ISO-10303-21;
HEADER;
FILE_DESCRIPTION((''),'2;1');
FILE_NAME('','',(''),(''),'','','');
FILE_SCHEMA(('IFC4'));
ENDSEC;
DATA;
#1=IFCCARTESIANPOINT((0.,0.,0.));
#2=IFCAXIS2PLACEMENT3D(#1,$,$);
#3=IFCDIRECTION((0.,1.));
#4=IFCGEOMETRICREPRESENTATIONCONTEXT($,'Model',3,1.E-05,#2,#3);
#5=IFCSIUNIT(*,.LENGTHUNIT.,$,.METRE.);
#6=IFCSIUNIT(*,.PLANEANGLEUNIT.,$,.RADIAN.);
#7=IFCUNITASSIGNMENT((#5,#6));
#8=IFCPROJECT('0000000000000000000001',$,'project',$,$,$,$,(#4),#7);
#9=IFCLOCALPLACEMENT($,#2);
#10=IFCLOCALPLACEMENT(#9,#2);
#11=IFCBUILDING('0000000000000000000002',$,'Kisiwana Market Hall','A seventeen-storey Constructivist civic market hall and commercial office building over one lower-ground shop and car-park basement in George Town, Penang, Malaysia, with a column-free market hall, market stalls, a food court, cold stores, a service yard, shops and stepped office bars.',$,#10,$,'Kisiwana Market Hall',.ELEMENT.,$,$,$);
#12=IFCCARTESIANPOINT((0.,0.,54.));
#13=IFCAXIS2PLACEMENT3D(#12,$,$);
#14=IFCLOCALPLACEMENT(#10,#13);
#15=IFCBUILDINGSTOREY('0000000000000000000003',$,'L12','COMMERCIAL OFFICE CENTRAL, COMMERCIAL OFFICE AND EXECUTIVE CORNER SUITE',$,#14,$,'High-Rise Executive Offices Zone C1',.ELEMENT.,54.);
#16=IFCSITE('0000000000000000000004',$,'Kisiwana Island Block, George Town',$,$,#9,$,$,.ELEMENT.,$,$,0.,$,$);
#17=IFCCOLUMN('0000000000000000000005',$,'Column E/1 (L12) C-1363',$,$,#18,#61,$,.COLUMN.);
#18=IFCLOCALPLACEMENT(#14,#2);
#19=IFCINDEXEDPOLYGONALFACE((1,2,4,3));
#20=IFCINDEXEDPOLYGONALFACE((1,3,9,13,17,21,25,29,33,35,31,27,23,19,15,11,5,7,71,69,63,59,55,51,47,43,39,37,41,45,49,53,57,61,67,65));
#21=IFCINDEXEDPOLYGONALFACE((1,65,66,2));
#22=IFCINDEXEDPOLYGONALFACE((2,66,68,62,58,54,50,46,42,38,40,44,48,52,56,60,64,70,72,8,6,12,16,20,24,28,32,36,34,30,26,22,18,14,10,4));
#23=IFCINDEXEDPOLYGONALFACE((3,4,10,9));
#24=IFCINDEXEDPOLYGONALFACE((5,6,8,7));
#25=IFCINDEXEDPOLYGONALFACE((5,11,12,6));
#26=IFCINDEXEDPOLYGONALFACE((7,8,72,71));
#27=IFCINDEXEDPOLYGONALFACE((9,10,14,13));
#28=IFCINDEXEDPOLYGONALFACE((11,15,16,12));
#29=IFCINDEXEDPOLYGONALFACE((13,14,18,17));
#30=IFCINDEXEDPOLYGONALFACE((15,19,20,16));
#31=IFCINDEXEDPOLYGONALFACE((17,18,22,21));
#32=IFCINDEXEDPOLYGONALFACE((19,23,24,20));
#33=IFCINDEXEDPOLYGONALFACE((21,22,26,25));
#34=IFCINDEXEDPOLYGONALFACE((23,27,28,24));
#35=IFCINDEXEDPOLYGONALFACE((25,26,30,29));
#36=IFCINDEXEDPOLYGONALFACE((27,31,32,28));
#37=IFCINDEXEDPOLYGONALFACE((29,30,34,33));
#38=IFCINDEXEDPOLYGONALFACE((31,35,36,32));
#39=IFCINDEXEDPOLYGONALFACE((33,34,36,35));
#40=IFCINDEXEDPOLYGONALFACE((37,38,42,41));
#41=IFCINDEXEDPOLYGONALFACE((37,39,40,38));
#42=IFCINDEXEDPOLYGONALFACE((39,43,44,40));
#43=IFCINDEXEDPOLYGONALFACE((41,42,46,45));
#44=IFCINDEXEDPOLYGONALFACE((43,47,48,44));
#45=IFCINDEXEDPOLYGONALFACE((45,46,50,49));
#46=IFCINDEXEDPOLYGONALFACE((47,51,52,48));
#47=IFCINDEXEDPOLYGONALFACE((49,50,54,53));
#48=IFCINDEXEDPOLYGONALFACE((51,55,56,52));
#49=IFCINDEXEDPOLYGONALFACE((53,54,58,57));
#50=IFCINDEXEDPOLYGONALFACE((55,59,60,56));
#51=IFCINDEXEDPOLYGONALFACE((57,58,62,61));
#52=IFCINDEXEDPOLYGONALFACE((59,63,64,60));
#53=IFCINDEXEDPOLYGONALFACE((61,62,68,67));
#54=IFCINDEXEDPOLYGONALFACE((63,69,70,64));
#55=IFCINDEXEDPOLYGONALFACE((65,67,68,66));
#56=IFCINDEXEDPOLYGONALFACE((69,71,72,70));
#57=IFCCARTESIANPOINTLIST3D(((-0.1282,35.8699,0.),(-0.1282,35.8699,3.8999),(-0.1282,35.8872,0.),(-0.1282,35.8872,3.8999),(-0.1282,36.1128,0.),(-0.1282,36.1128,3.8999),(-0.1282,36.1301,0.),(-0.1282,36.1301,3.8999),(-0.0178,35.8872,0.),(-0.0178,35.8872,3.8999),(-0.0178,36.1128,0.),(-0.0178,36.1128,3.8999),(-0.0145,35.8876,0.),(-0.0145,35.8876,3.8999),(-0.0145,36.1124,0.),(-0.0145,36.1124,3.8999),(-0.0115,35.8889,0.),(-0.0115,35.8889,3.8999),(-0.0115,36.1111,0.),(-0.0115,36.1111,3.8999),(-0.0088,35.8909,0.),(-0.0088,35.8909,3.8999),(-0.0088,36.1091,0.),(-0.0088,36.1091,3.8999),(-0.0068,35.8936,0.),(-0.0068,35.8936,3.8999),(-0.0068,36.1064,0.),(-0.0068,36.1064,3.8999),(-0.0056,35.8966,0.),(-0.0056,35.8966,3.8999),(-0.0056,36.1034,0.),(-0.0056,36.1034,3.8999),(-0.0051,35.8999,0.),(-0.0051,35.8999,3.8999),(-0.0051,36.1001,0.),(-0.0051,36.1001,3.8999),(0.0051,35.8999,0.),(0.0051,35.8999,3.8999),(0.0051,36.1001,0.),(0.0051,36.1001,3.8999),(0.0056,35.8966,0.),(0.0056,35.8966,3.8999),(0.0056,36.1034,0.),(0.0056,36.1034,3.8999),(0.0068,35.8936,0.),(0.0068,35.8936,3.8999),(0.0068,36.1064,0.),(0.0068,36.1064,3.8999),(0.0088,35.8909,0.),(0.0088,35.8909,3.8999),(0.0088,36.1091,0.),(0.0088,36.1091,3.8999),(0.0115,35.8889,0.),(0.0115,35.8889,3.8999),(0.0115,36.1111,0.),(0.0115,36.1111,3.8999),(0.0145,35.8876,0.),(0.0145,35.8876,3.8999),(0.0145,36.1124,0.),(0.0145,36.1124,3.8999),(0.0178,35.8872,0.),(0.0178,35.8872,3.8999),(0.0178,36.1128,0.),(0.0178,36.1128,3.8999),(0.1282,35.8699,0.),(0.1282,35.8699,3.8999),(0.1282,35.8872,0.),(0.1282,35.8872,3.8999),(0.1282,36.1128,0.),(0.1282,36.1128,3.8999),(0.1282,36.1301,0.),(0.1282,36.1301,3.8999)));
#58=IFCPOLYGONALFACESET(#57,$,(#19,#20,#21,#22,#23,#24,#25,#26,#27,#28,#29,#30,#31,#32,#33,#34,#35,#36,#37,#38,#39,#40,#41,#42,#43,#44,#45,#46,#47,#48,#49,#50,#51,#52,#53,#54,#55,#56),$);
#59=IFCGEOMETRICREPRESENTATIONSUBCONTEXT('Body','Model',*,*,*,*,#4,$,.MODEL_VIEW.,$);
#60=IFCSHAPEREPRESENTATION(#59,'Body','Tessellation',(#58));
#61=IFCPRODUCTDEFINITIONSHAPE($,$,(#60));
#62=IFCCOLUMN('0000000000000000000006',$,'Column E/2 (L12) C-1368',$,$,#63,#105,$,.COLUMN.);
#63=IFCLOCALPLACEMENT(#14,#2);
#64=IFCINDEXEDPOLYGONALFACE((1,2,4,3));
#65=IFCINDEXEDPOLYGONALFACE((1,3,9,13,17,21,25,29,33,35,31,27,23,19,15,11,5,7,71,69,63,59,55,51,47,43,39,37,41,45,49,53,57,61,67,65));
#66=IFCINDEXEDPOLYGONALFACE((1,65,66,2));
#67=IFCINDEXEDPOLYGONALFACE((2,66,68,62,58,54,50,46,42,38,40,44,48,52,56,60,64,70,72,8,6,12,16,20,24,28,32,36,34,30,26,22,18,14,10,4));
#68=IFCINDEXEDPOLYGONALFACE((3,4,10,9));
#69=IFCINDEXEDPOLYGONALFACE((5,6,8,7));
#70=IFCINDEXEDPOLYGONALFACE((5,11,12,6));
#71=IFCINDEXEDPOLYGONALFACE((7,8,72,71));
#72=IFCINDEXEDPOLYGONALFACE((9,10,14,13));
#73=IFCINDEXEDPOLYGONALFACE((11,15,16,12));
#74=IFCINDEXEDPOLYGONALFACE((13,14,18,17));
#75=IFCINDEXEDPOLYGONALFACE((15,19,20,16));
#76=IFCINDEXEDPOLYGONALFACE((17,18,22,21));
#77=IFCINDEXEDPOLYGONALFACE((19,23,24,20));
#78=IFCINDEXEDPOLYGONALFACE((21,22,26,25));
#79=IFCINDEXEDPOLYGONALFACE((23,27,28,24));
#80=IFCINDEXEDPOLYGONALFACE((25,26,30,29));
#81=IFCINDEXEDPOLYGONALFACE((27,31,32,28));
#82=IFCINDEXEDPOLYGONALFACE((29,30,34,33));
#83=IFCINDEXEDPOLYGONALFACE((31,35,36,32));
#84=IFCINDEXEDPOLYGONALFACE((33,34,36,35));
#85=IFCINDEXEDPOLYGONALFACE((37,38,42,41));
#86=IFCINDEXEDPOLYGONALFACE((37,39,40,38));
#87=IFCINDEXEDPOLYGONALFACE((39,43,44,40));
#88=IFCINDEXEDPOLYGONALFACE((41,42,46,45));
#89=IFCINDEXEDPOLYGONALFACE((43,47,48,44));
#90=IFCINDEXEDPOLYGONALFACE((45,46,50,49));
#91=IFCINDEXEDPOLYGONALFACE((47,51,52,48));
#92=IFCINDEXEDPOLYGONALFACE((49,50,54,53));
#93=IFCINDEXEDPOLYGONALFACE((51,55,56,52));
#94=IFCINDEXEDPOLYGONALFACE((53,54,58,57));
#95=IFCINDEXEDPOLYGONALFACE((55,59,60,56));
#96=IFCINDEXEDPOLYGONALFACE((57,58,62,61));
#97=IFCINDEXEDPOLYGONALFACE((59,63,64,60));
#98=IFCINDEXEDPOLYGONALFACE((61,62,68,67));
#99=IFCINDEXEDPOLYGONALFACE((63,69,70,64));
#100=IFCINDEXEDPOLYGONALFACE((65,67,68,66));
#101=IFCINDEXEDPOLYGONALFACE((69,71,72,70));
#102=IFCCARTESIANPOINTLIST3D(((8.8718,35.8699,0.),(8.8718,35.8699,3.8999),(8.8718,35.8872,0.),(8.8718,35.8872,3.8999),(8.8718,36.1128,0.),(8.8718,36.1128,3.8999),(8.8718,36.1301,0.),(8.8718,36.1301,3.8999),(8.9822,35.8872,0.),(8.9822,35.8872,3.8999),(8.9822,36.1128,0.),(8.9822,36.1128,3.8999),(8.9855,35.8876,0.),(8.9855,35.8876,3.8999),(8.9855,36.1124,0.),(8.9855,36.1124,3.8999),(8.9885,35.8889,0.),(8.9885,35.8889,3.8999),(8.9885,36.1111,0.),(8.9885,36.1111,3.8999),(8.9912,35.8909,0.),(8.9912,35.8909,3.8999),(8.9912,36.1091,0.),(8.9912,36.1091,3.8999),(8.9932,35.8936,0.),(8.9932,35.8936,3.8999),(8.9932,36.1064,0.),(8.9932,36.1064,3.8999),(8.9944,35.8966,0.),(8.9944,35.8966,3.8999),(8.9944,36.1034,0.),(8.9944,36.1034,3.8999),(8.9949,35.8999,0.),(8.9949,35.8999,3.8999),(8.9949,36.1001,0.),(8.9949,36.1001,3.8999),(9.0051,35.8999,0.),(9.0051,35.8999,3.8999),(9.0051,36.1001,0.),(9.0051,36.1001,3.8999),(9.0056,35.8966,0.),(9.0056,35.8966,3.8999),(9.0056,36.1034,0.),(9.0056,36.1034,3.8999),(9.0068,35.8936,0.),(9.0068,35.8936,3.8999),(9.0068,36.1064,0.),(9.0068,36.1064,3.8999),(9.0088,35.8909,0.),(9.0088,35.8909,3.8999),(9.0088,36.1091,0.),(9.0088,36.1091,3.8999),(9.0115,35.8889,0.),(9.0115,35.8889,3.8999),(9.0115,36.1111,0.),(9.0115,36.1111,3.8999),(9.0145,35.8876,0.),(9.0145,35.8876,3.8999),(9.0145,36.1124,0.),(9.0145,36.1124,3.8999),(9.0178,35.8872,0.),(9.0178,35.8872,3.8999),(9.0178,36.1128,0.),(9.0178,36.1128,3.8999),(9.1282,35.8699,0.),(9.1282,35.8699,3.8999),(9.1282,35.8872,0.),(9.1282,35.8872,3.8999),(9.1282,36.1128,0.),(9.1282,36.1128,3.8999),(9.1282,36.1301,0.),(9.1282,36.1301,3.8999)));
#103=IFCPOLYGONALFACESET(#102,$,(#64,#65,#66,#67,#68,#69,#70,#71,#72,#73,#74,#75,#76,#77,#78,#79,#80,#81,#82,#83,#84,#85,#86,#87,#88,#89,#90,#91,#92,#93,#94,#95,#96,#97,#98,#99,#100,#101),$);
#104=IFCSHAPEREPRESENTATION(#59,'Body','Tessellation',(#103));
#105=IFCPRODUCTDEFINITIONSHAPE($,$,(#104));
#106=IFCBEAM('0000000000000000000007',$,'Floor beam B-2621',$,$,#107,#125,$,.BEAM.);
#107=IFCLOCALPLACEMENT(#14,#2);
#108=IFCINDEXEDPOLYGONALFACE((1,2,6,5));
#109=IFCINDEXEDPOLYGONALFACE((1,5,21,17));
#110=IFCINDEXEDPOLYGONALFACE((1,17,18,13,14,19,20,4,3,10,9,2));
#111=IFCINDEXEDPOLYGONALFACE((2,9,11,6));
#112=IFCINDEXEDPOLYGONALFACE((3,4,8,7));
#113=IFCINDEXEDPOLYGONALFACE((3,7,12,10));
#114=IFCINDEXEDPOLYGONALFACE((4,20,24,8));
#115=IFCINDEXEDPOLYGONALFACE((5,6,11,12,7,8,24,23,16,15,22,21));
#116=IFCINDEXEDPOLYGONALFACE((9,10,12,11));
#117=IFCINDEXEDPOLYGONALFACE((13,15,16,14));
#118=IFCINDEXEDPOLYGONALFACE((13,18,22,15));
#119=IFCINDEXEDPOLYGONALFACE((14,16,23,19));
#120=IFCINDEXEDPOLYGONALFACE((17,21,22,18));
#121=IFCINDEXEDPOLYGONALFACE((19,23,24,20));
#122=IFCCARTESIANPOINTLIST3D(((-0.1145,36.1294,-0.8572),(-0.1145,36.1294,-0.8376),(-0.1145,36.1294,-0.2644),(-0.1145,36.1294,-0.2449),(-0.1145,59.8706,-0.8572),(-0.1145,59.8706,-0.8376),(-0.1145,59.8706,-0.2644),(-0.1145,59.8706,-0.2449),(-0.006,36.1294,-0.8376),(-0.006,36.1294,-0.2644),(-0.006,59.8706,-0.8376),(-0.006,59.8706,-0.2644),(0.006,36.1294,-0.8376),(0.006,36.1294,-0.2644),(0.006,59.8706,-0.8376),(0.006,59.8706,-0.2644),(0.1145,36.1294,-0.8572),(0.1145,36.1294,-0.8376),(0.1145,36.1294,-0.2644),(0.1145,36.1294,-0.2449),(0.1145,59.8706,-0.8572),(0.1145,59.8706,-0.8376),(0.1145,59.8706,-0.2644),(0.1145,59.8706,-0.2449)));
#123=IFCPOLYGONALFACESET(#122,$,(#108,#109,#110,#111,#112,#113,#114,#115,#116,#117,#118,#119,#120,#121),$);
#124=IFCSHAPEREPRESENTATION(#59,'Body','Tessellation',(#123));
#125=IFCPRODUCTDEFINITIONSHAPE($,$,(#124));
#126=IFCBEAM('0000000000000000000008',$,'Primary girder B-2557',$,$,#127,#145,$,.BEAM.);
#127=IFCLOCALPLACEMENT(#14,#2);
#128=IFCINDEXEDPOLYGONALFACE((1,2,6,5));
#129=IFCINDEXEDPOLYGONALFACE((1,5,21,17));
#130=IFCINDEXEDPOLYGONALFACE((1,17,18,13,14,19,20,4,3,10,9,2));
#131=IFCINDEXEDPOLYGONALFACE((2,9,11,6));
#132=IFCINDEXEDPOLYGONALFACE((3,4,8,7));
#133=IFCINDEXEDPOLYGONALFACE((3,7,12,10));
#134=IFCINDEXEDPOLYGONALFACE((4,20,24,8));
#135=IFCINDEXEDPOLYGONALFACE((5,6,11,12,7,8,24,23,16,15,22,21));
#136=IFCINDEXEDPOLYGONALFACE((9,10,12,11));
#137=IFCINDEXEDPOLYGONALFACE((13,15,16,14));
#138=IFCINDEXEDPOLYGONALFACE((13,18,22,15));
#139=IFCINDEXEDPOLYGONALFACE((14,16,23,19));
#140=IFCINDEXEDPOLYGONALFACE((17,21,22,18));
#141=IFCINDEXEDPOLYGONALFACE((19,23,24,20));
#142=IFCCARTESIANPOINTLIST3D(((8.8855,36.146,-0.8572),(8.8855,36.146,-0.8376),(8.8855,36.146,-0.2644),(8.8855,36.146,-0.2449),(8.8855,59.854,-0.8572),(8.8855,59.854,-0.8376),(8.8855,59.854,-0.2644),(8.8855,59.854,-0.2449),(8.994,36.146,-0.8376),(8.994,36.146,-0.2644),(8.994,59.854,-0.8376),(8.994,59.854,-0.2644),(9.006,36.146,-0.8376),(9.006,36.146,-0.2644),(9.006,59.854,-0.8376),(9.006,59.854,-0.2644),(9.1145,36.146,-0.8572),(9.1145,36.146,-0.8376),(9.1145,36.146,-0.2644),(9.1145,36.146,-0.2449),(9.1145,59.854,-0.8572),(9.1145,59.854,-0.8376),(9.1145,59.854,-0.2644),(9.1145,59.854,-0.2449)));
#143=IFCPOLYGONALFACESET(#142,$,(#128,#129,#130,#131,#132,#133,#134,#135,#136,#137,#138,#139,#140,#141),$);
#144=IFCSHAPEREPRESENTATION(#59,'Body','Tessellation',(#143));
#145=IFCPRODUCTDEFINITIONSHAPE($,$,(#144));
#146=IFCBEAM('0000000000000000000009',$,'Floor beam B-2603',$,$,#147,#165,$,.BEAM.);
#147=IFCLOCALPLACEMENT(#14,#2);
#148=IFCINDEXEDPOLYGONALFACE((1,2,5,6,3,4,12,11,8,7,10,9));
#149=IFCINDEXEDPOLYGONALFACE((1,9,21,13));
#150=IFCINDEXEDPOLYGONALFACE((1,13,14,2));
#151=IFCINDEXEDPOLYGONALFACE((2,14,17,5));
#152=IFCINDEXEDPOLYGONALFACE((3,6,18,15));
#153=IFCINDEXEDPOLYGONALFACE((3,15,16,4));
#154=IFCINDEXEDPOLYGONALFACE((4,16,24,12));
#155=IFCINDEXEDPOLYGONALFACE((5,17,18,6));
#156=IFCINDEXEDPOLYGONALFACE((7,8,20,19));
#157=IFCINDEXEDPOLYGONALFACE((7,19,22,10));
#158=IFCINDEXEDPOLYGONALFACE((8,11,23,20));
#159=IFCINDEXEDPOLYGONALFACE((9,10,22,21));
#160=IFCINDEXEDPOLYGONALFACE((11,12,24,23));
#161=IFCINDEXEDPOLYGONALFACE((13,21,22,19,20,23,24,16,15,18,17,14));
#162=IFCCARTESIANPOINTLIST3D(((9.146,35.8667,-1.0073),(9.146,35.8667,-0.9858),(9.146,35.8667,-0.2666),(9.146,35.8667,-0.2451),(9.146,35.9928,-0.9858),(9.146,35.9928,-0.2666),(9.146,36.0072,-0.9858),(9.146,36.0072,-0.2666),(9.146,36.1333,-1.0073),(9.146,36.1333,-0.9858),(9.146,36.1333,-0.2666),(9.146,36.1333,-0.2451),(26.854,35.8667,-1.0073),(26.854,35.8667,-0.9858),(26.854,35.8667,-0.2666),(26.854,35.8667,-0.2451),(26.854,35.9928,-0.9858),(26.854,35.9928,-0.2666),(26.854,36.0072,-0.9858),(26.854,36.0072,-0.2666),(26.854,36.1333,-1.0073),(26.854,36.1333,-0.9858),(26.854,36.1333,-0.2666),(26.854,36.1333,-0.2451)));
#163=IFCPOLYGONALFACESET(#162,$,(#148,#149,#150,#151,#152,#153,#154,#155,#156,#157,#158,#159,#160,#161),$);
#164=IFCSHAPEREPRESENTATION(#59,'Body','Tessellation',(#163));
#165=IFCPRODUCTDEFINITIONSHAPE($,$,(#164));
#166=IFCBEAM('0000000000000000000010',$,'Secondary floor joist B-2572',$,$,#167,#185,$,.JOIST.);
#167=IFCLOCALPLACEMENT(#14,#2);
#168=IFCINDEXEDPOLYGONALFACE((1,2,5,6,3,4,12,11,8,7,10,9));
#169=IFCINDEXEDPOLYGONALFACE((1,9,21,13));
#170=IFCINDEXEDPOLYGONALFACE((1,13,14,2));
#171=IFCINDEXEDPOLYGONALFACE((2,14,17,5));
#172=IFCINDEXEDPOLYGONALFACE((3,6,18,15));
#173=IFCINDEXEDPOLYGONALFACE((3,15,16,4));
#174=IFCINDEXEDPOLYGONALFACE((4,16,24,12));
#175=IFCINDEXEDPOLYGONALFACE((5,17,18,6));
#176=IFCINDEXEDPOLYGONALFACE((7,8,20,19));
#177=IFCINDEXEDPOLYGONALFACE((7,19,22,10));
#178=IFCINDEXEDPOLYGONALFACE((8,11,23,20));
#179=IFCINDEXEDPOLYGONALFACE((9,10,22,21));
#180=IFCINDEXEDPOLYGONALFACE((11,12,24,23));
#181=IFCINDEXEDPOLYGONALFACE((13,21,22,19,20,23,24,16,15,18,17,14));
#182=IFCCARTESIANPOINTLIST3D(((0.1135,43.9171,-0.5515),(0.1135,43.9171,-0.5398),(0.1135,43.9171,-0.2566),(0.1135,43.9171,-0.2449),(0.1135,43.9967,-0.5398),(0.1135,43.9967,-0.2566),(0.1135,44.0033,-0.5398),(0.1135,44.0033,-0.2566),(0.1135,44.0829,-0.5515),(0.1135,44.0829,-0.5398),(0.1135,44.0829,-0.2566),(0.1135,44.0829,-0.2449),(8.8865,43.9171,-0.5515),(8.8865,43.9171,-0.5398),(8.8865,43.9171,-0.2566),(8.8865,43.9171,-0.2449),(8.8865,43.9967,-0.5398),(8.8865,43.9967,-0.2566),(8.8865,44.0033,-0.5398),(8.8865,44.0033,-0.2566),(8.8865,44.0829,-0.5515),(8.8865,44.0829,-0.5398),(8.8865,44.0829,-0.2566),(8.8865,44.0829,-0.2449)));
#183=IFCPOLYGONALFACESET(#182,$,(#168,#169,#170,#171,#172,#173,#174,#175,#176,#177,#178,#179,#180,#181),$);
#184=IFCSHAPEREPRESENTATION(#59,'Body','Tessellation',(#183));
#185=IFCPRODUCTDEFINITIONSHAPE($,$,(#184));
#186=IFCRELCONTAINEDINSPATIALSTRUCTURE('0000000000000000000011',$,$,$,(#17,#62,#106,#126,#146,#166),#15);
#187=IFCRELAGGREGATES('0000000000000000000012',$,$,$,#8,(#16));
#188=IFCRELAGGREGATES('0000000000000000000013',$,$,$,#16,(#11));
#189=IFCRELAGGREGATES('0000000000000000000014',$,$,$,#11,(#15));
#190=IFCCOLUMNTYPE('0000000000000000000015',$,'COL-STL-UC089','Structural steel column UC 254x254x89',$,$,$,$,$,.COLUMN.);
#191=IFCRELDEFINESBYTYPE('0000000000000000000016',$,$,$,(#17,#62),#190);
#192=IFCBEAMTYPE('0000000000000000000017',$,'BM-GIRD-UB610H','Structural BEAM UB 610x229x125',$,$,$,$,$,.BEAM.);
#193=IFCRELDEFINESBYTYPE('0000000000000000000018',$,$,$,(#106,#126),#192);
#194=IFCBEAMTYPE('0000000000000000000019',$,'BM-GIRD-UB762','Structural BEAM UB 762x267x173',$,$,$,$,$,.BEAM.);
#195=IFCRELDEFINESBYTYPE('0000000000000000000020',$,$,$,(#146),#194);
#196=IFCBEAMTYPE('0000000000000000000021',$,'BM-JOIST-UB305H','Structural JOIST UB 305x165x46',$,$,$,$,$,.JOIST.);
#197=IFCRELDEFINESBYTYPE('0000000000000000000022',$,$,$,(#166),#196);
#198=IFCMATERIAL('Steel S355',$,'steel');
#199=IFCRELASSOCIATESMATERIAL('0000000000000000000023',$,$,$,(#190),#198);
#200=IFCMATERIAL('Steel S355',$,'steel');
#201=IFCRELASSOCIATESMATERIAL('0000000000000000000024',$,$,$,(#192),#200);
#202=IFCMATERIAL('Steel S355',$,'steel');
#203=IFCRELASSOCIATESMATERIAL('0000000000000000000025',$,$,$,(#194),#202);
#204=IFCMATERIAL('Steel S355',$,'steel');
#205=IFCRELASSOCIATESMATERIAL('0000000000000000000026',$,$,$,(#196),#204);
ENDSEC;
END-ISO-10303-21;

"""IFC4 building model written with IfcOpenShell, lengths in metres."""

from ifc_helpers import new_model, si_unit, direction, frame, origin, origin_2d, place, context, subcontext, project, spatial, i_section, extrude, material, material_profile, profile_set, type_object, element, save


model = new_model("IFC4")

# Units and contexts
model_context = context("Model", 3, precision=1e-05, world=origin(), true_north=direction((0.0, 1.0)))
body_context = subcontext(model_context, "Body", "Model", "MODEL_VIEW")
ifc_project = project(units=[si_unit("LENGTHUNIT", "METRE"), si_unit("PLANEANGLEUNIT", "RADIAN")], contexts=[model_context])

# Site, building, storey
site_placement = place(None, origin())
site = spatial("IfcSite", under=ifc_project, at=site_placement, Name="Kisiwana Island Block, George Town", CompositionType="ELEMENT", RefElevation=0.0)
building_placement = place(site_placement, origin())
building = spatial("IfcBuilding", under=site, at=building_placement, Name="Kisiwana Market Hall", Description="A seventeen-storey Constructivist civic market hall and commercial office building over one lower-ground shop and car-park basement in George Town, Penang, Malaysia, with a column-free market hall, market stalls, a food court, cold stores, a service yard, shops and stepped office bars.", LongName="Kisiwana Market Hall", CompositionType="ELEMENT")
storey_placement = place(building_placement, frame((0.0, 0.0, 54.0)))
storey = spatial("IfcBuildingStorey", under=building, at=storey_placement, Name="L12", Description="COMMERCIAL OFFICE CENTRAL, COMMERCIAL OFFICE AND EXECUTIVE CORNER SUITE", LongName="High-Rise Executive Offices Zone C1", CompositionType="ELEMENT", Elevation=54.0)

# Columns
ifc_material_1 = material(Name="Steel S355", Category="steel")
ifc_material_profile_1 = material_profile(ifc_material_1, i_section(OverallWidth=0.2563, OverallDepth=0.2603, WebThickness=0.0103, FlangeThickness=0.0173, FilletRadius=0.0127, at=origin_2d()), Name="UC 254x254x89")
ifc_profile_set_1 = profile_set([ifc_material_profile_1], Name="Steel S355")
column_type = type_object("IfcColumnType", Name="COL-STL-UC089", Description="Structural steel column UC 254x254x89", PredefinedType="COLUMN", material=ifc_profile_set_1)
for number, where, z_axis, x_axis, name in (
    (1, (0.0, 36.0, 0.0), (0.0, 0.0, 1.0), (1.0, 0.0, 0.0), "Column E/1 (L12) C-1363"),
    (2, (9.0, 36.0, 0.0), (0.0, 0.0, 1.0), (1.0, 0.0, 0.0), "Column E/2 (L12) C-1368"),
):
    element("IfcColumn", number, at=place(storey_placement, frame(where, z_axis=z_axis, x_axis=x_axis)), inside=storey, type_object=column_type, Name=name, PredefinedType="COLUMN", context=body_context, shape_type="SweptSolid", body=[
        extrude(i_section(OverallWidth=0.2563, OverallDepth=0.2603, WebThickness=0.0103, FlangeThickness=0.0173, FilletRadius=0.0127, at=origin_2d()), origin(), (0.0, 0.0, 1.0), 3.8999),
    ])

# Beams
ifc_material_2 = material(Name="Steel S355", Category="steel")
ifc_material_profile_2 = material_profile(ifc_material_2, i_section(OverallWidth=0.229, OverallDepth=0.6123, WebThickness=0.012, FlangeThickness=0.0195, at=origin_2d()), Name="UB 610x229x125")
ifc_profile_set_2 = profile_set([ifc_material_profile_2], Name="Steel S355")
beam_type_1 = type_object("IfcBeamType", Name="BM-GIRD-UB610H", Description="Structural BEAM UB 610x229x125", PredefinedType="BEAM", material=ifc_profile_set_2)
beam_1_placement = place(storey_placement, frame((0.0, 36.1294, -0.551), z_axis=(0.0, 1.0, 0.0), x_axis=(-1.0, 0.0, 0.0)))
element("IfcBeam", 3, at=beam_1_placement, inside=storey, type_object=beam_type_1, Name="Floor beam B-2621", PredefinedType="BEAM", context=body_context, shape_type="SweptSolid", body=[
    extrude(i_section(OverallWidth=0.229, OverallDepth=0.6123, WebThickness=0.012, FlangeThickness=0.0195, at=origin_2d()), origin(), (0.0, 0.0, 1.0), 23.7412),
])
beam_2_placement = place(storey_placement, frame((9.0, 36.146, -0.551), z_axis=(0.0, 1.0, 0.0), x_axis=(-1.0, 0.0, 0.0)))
element("IfcBeam", 4, at=beam_2_placement, inside=storey, type_object=beam_type_1, Name="Primary girder B-2557", PredefinedType="BEAM", context=body_context, shape_type="SweptSolid", body=[
    extrude(i_section(OverallWidth=0.229, OverallDepth=0.6123, WebThickness=0.012, FlangeThickness=0.0195, at=origin_2d()), origin(), (0.0, 0.0, 1.0), 23.708),
])
ifc_material_3 = material(Name="Steel S355", Category="steel")
ifc_material_profile_3 = material_profile(ifc_material_3, i_section(OverallWidth=0.2666, OverallDepth=0.7622, WebThickness=0.0144, FlangeThickness=0.0215, at=origin_2d()), Name="UB 762x267x173")
ifc_profile_set_3 = profile_set([ifc_material_profile_3], Name="Steel S355")
beam_type_2 = type_object("IfcBeamType", Name="BM-GIRD-UB762", Description="Structural BEAM UB 762x267x173", PredefinedType="BEAM", material=ifc_profile_set_3)
beam_3_placement = place(storey_placement, frame((9.146, 36.0, -0.6262), z_axis=(1.0, 0.0, 0.0), x_axis=(0.0, 1.0, 0.0)))
element("IfcBeam", 5, at=beam_3_placement, inside=storey, type_object=beam_type_2, Name="Floor beam B-2603", PredefinedType="BEAM", context=body_context, shape_type="SweptSolid", body=[
    extrude(i_section(OverallWidth=0.2666, OverallDepth=0.7622, WebThickness=0.0144, FlangeThickness=0.0215, at=origin_2d()), origin(), (0.0, 0.0, 1.0), 17.708),
])
ifc_material_4 = material(Name="Steel S355", Category="steel")
ifc_material_profile_4 = material_profile(ifc_material_4, i_section(OverallWidth=0.1658, OverallDepth=0.3066, WebThickness=0.0066, FlangeThickness=0.0117, at=origin_2d()), Name="UB 305x165x46")
ifc_profile_set_4 = profile_set([ifc_material_profile_4], Name="Steel S355")
beam_type_3 = type_object("IfcBeamType", Name="BM-JOIST-UB305H", Description="Structural JOIST UB 305x165x46", PredefinedType="JOIST", material=ifc_profile_set_4)
for number, where, z_axis, x_axis, name in (
    (6, (0.1135, 44.0, -0.3982), (1.0, 0.0, 0.0), (0.0, 1.0, 0.0), "Secondary floor joist B-2572"),
):
    element("IfcBeam", number, at=place(storey_placement, frame(where, z_axis=z_axis, x_axis=x_axis)), inside=storey, type_object=beam_type_3, Name=name, PredefinedType="JOIST", context=body_context, shape_type="SweptSolid", body=[
        extrude(i_section(OverallWidth=0.1658, OverallDepth=0.3066, WebThickness=0.0066, FlangeThickness=0.0117, at=origin_2d()), origin(), (0.0, 0.0, 1.0), 8.7729),
    ])

save(model, "model.ifc")
